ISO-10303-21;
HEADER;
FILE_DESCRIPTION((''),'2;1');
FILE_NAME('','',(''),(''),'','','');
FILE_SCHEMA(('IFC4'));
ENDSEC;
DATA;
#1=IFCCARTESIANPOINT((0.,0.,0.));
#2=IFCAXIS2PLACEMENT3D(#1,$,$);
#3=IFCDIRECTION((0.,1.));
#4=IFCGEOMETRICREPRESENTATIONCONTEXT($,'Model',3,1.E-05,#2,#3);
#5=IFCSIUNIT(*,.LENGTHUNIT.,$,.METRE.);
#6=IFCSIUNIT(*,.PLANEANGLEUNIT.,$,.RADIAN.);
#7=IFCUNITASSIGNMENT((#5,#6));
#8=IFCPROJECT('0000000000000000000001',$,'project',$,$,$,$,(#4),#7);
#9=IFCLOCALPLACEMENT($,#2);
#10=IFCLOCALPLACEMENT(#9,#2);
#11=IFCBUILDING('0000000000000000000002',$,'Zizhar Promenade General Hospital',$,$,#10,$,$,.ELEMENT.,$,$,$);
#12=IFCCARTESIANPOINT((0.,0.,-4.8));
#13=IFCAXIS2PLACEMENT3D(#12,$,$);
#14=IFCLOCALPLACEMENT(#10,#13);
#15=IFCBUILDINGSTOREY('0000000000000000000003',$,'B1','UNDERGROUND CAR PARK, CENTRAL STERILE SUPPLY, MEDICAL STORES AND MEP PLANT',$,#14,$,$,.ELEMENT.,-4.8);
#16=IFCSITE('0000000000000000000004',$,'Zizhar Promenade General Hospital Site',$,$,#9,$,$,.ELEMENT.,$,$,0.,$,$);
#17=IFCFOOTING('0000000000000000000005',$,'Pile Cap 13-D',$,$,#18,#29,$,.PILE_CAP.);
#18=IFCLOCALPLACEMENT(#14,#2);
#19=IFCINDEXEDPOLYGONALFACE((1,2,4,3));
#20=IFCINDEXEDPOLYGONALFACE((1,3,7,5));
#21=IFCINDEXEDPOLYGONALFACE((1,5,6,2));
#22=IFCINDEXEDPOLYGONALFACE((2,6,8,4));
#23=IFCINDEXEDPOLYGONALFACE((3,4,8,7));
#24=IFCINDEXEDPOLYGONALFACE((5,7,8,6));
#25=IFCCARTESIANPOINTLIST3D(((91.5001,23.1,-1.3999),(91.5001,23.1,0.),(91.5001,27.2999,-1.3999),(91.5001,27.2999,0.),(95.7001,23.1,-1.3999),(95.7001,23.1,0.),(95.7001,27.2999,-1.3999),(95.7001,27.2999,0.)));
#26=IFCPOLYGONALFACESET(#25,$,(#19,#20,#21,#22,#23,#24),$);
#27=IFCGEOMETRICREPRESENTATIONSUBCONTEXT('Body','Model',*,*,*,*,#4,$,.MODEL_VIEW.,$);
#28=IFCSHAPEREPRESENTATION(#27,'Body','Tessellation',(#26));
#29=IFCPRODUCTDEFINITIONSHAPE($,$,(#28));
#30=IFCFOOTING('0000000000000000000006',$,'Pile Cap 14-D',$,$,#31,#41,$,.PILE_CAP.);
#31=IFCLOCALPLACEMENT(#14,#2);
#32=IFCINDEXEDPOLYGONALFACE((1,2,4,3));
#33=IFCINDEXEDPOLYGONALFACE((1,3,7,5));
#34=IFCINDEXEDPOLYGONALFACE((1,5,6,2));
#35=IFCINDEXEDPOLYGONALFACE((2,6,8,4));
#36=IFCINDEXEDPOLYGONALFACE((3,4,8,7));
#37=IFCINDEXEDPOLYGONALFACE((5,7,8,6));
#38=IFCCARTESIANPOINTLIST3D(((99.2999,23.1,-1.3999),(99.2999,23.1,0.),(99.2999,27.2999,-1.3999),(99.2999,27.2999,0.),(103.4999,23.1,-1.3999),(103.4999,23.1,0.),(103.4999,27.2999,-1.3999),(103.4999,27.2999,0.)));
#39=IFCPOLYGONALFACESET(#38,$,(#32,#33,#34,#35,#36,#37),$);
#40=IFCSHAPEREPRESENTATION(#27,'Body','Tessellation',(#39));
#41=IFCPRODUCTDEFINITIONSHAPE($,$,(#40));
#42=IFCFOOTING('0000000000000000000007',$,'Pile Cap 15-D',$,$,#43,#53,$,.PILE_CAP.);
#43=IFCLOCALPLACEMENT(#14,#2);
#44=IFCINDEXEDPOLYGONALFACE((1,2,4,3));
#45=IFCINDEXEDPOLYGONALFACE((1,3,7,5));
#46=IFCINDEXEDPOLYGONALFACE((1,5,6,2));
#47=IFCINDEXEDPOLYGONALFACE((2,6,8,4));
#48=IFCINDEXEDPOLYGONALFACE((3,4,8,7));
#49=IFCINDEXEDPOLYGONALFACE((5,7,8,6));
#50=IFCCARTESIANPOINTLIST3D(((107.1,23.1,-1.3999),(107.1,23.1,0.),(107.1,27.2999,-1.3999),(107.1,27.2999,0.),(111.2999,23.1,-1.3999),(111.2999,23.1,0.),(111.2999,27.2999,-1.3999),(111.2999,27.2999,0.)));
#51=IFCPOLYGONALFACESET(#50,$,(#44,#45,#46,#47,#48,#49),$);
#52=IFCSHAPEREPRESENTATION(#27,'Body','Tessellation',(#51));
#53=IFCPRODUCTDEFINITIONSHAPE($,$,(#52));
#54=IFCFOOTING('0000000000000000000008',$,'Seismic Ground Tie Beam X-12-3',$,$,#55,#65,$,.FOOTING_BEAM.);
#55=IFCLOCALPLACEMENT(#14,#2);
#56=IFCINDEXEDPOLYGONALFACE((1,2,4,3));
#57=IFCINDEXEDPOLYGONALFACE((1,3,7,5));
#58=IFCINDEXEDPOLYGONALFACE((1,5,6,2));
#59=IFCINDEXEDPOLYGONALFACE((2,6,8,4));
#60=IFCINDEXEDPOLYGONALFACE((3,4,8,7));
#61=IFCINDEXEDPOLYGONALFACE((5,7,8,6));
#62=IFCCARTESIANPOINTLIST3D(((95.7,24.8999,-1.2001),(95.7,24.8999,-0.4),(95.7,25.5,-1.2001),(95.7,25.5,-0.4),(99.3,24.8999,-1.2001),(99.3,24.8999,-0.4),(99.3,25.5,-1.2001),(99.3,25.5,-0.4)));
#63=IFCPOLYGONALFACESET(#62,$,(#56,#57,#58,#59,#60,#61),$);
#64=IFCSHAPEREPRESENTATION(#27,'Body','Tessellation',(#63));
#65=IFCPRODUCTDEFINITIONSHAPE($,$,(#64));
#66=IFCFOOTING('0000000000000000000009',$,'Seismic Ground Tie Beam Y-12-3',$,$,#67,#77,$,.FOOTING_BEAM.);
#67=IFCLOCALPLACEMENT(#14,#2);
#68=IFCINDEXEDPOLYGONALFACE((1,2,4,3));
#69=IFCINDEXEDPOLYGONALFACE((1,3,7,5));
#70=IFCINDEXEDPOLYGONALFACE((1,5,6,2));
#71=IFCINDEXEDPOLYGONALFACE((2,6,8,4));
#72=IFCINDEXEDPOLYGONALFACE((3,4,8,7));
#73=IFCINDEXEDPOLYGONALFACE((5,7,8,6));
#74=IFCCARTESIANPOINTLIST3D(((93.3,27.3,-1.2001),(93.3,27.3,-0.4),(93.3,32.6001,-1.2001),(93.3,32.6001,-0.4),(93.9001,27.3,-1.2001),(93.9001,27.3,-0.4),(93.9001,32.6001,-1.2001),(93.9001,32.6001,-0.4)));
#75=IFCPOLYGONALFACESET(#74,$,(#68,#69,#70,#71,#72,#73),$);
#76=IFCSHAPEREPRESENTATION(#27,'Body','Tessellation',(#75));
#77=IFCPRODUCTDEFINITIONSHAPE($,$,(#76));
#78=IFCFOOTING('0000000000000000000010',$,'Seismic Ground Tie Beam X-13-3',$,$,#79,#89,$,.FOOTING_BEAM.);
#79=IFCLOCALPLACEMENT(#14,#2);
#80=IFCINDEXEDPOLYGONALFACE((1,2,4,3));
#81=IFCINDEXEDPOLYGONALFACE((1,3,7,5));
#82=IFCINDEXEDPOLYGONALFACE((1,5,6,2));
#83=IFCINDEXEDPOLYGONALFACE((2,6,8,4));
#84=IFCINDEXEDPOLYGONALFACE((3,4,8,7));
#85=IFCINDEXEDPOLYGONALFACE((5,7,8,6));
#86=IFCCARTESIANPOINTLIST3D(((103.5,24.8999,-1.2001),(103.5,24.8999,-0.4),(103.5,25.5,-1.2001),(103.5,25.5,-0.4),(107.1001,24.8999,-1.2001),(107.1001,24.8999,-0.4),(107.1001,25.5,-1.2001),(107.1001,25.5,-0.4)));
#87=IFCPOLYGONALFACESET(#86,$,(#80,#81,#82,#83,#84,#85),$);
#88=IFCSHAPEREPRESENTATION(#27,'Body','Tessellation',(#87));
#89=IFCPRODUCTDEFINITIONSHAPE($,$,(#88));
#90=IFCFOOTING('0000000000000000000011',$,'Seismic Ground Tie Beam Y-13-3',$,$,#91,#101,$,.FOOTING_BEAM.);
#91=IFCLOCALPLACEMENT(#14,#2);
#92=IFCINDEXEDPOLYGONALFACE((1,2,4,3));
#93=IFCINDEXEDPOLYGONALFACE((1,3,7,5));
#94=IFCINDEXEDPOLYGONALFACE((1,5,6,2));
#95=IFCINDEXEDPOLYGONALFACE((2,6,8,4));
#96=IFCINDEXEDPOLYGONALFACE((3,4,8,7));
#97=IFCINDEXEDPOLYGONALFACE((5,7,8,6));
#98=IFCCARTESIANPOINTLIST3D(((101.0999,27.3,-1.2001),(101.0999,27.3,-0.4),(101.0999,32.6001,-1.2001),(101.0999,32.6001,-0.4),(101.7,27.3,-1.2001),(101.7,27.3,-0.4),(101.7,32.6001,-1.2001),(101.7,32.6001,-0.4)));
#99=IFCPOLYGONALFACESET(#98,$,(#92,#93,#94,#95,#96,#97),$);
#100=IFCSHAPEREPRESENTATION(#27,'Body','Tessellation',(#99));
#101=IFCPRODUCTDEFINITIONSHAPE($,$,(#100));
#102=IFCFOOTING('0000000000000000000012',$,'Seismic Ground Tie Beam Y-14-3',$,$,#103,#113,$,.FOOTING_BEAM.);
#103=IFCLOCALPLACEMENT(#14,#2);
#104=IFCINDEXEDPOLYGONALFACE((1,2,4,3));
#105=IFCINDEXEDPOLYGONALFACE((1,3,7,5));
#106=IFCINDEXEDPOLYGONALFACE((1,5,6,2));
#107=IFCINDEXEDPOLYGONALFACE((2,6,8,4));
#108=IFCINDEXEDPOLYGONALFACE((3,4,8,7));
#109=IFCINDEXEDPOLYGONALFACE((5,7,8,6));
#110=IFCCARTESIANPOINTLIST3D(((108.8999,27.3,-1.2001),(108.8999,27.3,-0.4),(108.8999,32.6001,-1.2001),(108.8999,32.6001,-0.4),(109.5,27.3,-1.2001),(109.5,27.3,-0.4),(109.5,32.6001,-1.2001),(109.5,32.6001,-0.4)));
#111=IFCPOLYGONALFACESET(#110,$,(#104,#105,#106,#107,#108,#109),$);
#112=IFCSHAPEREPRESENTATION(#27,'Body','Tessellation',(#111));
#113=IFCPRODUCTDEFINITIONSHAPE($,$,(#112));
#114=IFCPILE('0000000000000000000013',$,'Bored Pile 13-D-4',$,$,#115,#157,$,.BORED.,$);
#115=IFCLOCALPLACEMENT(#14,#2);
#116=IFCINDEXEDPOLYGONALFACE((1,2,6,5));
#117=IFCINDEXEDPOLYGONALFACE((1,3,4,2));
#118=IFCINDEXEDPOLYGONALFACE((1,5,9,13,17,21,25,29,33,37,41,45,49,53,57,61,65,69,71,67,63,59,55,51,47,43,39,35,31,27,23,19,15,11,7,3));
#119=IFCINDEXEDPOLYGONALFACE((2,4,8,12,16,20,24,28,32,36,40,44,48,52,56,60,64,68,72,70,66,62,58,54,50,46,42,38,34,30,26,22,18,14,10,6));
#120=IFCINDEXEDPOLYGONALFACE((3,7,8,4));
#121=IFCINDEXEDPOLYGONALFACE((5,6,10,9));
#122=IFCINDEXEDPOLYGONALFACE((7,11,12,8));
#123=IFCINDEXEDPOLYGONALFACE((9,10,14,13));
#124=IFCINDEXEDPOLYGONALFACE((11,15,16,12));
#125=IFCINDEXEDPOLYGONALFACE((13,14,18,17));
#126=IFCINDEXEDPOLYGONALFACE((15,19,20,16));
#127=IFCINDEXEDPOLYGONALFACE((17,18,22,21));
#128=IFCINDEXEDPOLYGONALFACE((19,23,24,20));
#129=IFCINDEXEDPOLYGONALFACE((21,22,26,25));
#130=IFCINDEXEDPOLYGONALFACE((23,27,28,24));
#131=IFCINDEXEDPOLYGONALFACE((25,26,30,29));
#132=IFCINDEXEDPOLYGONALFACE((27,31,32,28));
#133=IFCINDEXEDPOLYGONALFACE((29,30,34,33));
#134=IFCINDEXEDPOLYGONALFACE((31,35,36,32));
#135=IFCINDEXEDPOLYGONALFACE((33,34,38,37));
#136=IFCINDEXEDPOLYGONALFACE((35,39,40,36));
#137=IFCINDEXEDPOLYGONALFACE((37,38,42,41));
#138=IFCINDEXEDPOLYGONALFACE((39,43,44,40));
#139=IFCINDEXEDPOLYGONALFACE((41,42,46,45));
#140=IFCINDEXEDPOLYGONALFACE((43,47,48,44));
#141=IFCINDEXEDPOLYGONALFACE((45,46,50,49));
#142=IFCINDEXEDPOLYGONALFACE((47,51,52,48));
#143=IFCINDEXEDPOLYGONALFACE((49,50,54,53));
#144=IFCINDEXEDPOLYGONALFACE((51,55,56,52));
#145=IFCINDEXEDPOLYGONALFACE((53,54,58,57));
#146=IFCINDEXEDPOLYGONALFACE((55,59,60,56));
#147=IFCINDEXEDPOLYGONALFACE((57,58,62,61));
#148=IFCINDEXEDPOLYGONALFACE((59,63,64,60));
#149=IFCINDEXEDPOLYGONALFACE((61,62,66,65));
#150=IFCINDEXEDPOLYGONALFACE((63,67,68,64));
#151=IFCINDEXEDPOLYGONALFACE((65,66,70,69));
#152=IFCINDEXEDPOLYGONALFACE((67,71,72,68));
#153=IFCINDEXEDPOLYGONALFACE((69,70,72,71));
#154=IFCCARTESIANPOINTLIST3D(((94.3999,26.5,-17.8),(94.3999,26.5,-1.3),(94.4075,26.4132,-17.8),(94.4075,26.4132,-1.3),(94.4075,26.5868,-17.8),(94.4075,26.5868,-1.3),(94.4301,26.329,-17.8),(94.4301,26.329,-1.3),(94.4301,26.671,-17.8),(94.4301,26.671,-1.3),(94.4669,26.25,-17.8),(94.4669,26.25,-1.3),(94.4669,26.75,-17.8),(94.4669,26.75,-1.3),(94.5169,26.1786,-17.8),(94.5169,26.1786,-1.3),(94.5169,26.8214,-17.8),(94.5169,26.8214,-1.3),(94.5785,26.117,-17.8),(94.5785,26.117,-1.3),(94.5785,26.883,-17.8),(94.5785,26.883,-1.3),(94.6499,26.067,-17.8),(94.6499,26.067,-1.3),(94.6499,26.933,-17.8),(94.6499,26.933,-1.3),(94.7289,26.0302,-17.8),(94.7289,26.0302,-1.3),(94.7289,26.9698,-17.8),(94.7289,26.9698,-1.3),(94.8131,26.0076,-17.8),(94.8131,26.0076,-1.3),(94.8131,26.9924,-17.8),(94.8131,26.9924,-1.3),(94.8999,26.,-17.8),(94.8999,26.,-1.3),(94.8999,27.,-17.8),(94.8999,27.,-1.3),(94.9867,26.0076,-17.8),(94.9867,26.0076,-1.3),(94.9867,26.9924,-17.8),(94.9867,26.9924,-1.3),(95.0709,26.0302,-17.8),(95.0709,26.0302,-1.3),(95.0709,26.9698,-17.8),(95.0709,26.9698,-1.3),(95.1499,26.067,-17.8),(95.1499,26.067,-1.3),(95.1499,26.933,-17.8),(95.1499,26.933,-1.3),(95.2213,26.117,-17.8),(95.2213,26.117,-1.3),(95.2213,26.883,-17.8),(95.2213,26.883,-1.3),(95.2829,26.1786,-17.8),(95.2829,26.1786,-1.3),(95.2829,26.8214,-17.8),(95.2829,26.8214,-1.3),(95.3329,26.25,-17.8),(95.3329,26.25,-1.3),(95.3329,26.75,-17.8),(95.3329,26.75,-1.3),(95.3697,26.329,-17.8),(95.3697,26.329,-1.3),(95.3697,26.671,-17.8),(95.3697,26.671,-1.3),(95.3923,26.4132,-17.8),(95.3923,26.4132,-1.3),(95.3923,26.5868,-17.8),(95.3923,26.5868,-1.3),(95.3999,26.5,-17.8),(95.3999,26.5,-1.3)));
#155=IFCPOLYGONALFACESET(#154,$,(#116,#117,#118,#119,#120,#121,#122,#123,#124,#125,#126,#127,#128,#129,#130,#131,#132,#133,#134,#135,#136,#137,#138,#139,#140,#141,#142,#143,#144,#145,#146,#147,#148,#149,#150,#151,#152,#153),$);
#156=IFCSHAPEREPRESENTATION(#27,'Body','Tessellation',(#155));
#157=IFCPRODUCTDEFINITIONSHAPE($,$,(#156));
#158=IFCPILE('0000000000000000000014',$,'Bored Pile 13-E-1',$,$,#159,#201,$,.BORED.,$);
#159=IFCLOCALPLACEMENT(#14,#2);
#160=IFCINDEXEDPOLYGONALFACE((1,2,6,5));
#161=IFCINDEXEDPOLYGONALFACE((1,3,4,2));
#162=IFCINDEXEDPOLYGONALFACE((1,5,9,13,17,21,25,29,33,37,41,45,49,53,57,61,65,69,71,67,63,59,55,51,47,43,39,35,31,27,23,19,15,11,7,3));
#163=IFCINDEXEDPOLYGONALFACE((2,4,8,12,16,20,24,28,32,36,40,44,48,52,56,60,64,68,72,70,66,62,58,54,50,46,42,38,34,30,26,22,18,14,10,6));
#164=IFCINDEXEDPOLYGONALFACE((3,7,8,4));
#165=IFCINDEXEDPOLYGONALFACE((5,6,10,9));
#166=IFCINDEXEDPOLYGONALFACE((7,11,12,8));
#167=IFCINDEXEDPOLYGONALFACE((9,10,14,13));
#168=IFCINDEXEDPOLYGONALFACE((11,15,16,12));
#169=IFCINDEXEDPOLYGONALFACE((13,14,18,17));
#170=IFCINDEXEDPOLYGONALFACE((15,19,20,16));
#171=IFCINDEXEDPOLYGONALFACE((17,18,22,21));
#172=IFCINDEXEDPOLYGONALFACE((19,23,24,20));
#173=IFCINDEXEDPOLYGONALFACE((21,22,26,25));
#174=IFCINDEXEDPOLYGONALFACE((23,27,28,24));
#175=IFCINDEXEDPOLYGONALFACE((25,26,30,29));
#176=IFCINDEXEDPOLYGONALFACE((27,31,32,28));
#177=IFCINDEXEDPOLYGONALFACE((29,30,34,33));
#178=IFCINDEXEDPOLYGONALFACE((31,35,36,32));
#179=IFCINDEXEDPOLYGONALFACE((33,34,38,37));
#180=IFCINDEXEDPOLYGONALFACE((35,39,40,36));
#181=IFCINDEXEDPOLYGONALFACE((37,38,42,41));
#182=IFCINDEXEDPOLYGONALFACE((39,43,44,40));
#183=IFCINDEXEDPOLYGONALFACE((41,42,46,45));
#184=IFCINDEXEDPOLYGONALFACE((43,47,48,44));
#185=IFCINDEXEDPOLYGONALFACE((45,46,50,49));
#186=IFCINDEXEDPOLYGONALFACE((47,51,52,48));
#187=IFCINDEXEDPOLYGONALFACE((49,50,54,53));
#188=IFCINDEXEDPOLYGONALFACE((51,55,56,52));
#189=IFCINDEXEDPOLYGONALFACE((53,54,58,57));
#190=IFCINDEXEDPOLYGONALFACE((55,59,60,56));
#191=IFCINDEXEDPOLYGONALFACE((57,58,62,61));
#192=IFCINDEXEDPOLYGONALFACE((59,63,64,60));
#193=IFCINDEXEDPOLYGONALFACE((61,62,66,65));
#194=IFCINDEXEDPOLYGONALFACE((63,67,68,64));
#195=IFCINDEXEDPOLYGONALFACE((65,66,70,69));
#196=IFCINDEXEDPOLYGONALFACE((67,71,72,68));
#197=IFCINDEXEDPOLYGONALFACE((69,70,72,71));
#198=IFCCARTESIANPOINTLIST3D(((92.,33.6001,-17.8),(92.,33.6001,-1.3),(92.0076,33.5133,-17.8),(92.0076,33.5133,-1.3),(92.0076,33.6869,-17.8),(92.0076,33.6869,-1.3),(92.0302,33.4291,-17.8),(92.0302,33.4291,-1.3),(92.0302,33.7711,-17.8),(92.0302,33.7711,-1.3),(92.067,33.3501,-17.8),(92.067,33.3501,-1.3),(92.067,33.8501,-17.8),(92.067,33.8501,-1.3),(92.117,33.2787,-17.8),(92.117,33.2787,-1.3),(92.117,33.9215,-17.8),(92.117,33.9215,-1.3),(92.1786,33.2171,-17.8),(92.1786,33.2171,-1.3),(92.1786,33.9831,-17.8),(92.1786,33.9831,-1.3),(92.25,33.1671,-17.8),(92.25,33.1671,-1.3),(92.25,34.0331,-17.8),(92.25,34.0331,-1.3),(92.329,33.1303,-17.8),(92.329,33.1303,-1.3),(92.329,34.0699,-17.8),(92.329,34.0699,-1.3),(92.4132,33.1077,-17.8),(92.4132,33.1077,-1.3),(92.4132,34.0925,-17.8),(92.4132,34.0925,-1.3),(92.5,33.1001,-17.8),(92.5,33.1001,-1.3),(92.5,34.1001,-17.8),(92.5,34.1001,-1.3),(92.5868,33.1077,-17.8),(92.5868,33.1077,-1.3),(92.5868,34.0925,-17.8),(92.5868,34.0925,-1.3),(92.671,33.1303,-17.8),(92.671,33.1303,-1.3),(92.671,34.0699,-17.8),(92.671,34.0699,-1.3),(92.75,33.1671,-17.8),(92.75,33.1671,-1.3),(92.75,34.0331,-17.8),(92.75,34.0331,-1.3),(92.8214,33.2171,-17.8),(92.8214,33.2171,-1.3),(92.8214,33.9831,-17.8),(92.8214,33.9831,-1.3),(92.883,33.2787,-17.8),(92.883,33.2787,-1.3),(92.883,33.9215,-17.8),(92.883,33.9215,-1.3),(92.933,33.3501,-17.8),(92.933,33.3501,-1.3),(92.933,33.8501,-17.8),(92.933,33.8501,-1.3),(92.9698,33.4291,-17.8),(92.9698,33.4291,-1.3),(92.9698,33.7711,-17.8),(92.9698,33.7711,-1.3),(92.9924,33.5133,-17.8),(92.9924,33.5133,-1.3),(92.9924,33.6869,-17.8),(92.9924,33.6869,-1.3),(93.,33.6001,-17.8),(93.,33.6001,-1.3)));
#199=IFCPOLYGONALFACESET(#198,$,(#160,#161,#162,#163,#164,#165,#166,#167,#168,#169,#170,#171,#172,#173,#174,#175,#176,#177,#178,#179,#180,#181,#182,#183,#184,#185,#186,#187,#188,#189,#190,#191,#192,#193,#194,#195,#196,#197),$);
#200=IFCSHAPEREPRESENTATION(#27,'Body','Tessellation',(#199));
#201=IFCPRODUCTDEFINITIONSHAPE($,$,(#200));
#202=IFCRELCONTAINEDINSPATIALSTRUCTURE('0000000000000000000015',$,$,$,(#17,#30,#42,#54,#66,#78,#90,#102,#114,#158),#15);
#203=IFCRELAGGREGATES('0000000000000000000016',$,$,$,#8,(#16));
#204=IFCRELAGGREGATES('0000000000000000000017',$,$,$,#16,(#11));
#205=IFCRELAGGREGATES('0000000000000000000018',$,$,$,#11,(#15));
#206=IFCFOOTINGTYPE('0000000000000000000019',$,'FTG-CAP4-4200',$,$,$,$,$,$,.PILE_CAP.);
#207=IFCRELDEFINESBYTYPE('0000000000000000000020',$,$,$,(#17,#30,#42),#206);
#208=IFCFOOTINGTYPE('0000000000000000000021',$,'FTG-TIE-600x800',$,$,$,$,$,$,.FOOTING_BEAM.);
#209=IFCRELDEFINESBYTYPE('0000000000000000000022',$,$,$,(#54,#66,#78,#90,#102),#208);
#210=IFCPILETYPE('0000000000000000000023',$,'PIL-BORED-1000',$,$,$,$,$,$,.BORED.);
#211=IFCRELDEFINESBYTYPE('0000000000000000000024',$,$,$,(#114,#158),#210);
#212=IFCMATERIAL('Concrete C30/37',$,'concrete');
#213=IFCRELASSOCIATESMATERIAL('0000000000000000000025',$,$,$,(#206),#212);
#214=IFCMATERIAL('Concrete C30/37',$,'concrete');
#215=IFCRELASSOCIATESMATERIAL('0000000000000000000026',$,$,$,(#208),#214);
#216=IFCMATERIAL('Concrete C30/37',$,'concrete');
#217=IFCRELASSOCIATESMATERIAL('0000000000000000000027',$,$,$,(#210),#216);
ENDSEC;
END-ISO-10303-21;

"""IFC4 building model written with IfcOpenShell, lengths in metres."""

from ifc_helpers import new_model, si_unit, direction, frame, origin, origin_2d, place, context, subcontext, project, spatial, rectangle, circle, extrude, material, material_profile, profile_set, type_object, element, save


model = new_model("IFC4")

# Units and contexts
model_context = context("Model", 3, precision=1e-05, world=origin(), true_north=direction((0.0, 1.0)))
body_context = subcontext(model_context, "Body", "Model", "MODEL_VIEW")
ifc_project = project(units=[si_unit("LENGTHUNIT", "METRE"), si_unit("PLANEANGLEUNIT", "RADIAN")], contexts=[model_context])

# Site, building, storey
site_placement = place(None, origin())
site = spatial("IfcSite", under=ifc_project, at=site_placement, Name="Zizhar Promenade General Hospital Site", CompositionType="ELEMENT", RefElevation=0.0)
building_placement = place(site_placement, origin())
building = spatial("IfcBuilding", under=site, at=building_placement, Name="Zizhar Promenade General Hospital", CompositionType="ELEMENT")
storey_placement = place(building_placement, frame((0.0, 0.0, -4.8)))
storey = spatial("IfcBuildingStorey", under=building, at=storey_placement, Name="B1", Description="UNDERGROUND CAR PARK, CENTRAL STERILE SUPPLY, MEDICAL STORES AND MEP PLANT", CompositionType="ELEMENT", Elevation=-4.8)

# Footings
ifc_material_1 = material(Name="Concrete C30/37", Category="concrete")
footing_type_1 = type_object("IfcFootingType", Name="FTG-CAP4-4200", PredefinedType="PILE_CAP", material=ifc_material_1)
for number, where, z_axis, x_axis, name in (
    (1, (93.6001, 25.2, -1.3999), (0.0, 0.0, 1.0), (1.0, 0.0, 0.0), "Pile Cap 13-D"),
    (2, (101.3999, 25.2, -1.3999), (0.0, 0.0, 1.0), (1.0, 0.0, 0.0), "Pile Cap 14-D"),
    (3, (109.2, 25.2, -1.3999), (0.0, 0.0, 1.0), (1.0, 0.0, 0.0), "Pile Cap 15-D"),
):
    element("IfcFooting", number, at=place(storey_placement, frame(where, z_axis=z_axis, x_axis=x_axis)), inside=storey, type_object=footing_type_1, Name=name, PredefinedType="PILE_CAP", context=body_context, shape_type="SweptSolid", body=[
        extrude(rectangle(XDim=4.2, YDim=4.2, at=origin_2d()), origin(), (0.0, 0.0, 1.0), 1.3999),
    ])
ifc_material_2 = material(Name="Concrete C30/37", Category="concrete")
ifc_material_profile_1 = material_profile(ifc_material_2, rectangle(XDim=0.6001, YDim=0.8, at=origin_2d()))
ifc_profile_set_1 = profile_set([ifc_material_profile_1], Name="Concrete C30/37")
footing_type_2 = type_object("IfcFootingType", Name="FTG-TIE-600x800", PredefinedType="FOOTING_BEAM", material=ifc_profile_set_1)
footing_1_placement = place(storey_placement, frame((95.7, 25.2, -0.8), z_axis=(1.0, 0.0, 0.0), x_axis=(0.0, 1.0, 0.0)))
element("IfcFooting", 4, at=footing_1_placement, inside=storey, type_object=footing_type_2, Name="Seismic Ground Tie Beam X-12-3", PredefinedType="FOOTING_BEAM", context=body_context, shape_type="SweptSolid", body=[
    extrude(rectangle(XDim=0.6001, YDim=0.8, at=origin_2d()), origin(), (0.0, 0.0, 1.0), 3.6001),
])
footing_2_placement = place(storey_placement, frame((93.6001, 27.3, -0.8), z_axis=(0.0, 1.0, 0.0), x_axis=(-1.0, 0.0, 0.0)))
element("IfcFooting", 5, at=footing_2_placement, inside=storey, type_object=footing_type_2, Name="Seismic Ground Tie Beam Y-12-3", PredefinedType="FOOTING_BEAM", context=body_context, shape_type="SweptSolid", body=[
    extrude(rectangle(XDim=0.6001, YDim=0.8, at=origin_2d()), origin(), (0.0, 0.0, 1.0), 5.3),
])
footing_3_placement = place(storey_placement, frame((103.5, 25.2, -0.8), z_axis=(1.0, 0.0, 0.0), x_axis=(0.0, 1.0, 0.0)))
element("IfcFooting", 6, at=footing_3_placement, inside=storey, type_object=footing_type_2, Name="Seismic Ground Tie Beam X-13-3", PredefinedType="FOOTING_BEAM", context=body_context, shape_type="SweptSolid", body=[
    extrude(rectangle(XDim=0.6001, YDim=0.8, at=origin_2d()), origin(), (0.0, 0.0, 1.0), 3.6001),
])
for number, where, z_axis, x_axis, name in (
    (7, (101.3999, 27.3, -0.8), (0.0, 1.0, 0.0), (-1.0, 0.0, 0.0), "Seismic Ground Tie Beam Y-13-3"),
    (8, (109.2, 27.3, -0.8), (0.0, 1.0, 0.0), (-1.0, 0.0, 0.0), "Seismic Ground Tie Beam Y-14-3"),
):
    element("IfcFooting", number, at=place(storey_placement, frame(where, z_axis=z_axis, x_axis=x_axis)), inside=storey, type_object=footing_type_2, Name=name, PredefinedType="FOOTING_BEAM", context=body_context, shape_type="SweptSolid", body=[
        extrude(rectangle(XDim=0.6001, YDim=0.8, at=origin_2d()), origin(), (0.0, 0.0, 1.0), 5.3),
    ])

# Piles
ifc_material_3 = material(Name="Concrete C30/37", Category="concrete")
ifc_material_profile_2 = material_profile(ifc_material_3, circle(Radius=0.5, at=origin_2d()))
ifc_profile_set_2 = profile_set([ifc_material_profile_2], Name="Concrete C30/37")
pile_type = type_object("IfcPileType", Name="PIL-BORED-1000", PredefinedType="BORED", material=ifc_profile_set_2)
for number, where, z_axis, x_axis, name in (
    (9, (94.8999, 26.5, -1.3), (0.0, 0.0, -1.0), (1.0, 0.0, 0.0), "Bored Pile 13-D-4"),
    (10, (92.5, 33.6001, -1.3), (0.0, 0.0, -1.0), (1.0, 0.0, 0.0), "Bored Pile 13-E-1"),
):
    element("IfcPile", number, at=place(storey_placement, frame(where, z_axis=z_axis, x_axis=x_axis)), inside=storey, type_object=pile_type, Name=name, PredefinedType="BORED", context=body_context, shape_type="SweptSolid", body=[
        extrude(circle(Radius=0.5, at=origin_2d()), origin(), (0.0, 0.0, 1.0), 16.5),
    ])

save(model, "model.ifc")
